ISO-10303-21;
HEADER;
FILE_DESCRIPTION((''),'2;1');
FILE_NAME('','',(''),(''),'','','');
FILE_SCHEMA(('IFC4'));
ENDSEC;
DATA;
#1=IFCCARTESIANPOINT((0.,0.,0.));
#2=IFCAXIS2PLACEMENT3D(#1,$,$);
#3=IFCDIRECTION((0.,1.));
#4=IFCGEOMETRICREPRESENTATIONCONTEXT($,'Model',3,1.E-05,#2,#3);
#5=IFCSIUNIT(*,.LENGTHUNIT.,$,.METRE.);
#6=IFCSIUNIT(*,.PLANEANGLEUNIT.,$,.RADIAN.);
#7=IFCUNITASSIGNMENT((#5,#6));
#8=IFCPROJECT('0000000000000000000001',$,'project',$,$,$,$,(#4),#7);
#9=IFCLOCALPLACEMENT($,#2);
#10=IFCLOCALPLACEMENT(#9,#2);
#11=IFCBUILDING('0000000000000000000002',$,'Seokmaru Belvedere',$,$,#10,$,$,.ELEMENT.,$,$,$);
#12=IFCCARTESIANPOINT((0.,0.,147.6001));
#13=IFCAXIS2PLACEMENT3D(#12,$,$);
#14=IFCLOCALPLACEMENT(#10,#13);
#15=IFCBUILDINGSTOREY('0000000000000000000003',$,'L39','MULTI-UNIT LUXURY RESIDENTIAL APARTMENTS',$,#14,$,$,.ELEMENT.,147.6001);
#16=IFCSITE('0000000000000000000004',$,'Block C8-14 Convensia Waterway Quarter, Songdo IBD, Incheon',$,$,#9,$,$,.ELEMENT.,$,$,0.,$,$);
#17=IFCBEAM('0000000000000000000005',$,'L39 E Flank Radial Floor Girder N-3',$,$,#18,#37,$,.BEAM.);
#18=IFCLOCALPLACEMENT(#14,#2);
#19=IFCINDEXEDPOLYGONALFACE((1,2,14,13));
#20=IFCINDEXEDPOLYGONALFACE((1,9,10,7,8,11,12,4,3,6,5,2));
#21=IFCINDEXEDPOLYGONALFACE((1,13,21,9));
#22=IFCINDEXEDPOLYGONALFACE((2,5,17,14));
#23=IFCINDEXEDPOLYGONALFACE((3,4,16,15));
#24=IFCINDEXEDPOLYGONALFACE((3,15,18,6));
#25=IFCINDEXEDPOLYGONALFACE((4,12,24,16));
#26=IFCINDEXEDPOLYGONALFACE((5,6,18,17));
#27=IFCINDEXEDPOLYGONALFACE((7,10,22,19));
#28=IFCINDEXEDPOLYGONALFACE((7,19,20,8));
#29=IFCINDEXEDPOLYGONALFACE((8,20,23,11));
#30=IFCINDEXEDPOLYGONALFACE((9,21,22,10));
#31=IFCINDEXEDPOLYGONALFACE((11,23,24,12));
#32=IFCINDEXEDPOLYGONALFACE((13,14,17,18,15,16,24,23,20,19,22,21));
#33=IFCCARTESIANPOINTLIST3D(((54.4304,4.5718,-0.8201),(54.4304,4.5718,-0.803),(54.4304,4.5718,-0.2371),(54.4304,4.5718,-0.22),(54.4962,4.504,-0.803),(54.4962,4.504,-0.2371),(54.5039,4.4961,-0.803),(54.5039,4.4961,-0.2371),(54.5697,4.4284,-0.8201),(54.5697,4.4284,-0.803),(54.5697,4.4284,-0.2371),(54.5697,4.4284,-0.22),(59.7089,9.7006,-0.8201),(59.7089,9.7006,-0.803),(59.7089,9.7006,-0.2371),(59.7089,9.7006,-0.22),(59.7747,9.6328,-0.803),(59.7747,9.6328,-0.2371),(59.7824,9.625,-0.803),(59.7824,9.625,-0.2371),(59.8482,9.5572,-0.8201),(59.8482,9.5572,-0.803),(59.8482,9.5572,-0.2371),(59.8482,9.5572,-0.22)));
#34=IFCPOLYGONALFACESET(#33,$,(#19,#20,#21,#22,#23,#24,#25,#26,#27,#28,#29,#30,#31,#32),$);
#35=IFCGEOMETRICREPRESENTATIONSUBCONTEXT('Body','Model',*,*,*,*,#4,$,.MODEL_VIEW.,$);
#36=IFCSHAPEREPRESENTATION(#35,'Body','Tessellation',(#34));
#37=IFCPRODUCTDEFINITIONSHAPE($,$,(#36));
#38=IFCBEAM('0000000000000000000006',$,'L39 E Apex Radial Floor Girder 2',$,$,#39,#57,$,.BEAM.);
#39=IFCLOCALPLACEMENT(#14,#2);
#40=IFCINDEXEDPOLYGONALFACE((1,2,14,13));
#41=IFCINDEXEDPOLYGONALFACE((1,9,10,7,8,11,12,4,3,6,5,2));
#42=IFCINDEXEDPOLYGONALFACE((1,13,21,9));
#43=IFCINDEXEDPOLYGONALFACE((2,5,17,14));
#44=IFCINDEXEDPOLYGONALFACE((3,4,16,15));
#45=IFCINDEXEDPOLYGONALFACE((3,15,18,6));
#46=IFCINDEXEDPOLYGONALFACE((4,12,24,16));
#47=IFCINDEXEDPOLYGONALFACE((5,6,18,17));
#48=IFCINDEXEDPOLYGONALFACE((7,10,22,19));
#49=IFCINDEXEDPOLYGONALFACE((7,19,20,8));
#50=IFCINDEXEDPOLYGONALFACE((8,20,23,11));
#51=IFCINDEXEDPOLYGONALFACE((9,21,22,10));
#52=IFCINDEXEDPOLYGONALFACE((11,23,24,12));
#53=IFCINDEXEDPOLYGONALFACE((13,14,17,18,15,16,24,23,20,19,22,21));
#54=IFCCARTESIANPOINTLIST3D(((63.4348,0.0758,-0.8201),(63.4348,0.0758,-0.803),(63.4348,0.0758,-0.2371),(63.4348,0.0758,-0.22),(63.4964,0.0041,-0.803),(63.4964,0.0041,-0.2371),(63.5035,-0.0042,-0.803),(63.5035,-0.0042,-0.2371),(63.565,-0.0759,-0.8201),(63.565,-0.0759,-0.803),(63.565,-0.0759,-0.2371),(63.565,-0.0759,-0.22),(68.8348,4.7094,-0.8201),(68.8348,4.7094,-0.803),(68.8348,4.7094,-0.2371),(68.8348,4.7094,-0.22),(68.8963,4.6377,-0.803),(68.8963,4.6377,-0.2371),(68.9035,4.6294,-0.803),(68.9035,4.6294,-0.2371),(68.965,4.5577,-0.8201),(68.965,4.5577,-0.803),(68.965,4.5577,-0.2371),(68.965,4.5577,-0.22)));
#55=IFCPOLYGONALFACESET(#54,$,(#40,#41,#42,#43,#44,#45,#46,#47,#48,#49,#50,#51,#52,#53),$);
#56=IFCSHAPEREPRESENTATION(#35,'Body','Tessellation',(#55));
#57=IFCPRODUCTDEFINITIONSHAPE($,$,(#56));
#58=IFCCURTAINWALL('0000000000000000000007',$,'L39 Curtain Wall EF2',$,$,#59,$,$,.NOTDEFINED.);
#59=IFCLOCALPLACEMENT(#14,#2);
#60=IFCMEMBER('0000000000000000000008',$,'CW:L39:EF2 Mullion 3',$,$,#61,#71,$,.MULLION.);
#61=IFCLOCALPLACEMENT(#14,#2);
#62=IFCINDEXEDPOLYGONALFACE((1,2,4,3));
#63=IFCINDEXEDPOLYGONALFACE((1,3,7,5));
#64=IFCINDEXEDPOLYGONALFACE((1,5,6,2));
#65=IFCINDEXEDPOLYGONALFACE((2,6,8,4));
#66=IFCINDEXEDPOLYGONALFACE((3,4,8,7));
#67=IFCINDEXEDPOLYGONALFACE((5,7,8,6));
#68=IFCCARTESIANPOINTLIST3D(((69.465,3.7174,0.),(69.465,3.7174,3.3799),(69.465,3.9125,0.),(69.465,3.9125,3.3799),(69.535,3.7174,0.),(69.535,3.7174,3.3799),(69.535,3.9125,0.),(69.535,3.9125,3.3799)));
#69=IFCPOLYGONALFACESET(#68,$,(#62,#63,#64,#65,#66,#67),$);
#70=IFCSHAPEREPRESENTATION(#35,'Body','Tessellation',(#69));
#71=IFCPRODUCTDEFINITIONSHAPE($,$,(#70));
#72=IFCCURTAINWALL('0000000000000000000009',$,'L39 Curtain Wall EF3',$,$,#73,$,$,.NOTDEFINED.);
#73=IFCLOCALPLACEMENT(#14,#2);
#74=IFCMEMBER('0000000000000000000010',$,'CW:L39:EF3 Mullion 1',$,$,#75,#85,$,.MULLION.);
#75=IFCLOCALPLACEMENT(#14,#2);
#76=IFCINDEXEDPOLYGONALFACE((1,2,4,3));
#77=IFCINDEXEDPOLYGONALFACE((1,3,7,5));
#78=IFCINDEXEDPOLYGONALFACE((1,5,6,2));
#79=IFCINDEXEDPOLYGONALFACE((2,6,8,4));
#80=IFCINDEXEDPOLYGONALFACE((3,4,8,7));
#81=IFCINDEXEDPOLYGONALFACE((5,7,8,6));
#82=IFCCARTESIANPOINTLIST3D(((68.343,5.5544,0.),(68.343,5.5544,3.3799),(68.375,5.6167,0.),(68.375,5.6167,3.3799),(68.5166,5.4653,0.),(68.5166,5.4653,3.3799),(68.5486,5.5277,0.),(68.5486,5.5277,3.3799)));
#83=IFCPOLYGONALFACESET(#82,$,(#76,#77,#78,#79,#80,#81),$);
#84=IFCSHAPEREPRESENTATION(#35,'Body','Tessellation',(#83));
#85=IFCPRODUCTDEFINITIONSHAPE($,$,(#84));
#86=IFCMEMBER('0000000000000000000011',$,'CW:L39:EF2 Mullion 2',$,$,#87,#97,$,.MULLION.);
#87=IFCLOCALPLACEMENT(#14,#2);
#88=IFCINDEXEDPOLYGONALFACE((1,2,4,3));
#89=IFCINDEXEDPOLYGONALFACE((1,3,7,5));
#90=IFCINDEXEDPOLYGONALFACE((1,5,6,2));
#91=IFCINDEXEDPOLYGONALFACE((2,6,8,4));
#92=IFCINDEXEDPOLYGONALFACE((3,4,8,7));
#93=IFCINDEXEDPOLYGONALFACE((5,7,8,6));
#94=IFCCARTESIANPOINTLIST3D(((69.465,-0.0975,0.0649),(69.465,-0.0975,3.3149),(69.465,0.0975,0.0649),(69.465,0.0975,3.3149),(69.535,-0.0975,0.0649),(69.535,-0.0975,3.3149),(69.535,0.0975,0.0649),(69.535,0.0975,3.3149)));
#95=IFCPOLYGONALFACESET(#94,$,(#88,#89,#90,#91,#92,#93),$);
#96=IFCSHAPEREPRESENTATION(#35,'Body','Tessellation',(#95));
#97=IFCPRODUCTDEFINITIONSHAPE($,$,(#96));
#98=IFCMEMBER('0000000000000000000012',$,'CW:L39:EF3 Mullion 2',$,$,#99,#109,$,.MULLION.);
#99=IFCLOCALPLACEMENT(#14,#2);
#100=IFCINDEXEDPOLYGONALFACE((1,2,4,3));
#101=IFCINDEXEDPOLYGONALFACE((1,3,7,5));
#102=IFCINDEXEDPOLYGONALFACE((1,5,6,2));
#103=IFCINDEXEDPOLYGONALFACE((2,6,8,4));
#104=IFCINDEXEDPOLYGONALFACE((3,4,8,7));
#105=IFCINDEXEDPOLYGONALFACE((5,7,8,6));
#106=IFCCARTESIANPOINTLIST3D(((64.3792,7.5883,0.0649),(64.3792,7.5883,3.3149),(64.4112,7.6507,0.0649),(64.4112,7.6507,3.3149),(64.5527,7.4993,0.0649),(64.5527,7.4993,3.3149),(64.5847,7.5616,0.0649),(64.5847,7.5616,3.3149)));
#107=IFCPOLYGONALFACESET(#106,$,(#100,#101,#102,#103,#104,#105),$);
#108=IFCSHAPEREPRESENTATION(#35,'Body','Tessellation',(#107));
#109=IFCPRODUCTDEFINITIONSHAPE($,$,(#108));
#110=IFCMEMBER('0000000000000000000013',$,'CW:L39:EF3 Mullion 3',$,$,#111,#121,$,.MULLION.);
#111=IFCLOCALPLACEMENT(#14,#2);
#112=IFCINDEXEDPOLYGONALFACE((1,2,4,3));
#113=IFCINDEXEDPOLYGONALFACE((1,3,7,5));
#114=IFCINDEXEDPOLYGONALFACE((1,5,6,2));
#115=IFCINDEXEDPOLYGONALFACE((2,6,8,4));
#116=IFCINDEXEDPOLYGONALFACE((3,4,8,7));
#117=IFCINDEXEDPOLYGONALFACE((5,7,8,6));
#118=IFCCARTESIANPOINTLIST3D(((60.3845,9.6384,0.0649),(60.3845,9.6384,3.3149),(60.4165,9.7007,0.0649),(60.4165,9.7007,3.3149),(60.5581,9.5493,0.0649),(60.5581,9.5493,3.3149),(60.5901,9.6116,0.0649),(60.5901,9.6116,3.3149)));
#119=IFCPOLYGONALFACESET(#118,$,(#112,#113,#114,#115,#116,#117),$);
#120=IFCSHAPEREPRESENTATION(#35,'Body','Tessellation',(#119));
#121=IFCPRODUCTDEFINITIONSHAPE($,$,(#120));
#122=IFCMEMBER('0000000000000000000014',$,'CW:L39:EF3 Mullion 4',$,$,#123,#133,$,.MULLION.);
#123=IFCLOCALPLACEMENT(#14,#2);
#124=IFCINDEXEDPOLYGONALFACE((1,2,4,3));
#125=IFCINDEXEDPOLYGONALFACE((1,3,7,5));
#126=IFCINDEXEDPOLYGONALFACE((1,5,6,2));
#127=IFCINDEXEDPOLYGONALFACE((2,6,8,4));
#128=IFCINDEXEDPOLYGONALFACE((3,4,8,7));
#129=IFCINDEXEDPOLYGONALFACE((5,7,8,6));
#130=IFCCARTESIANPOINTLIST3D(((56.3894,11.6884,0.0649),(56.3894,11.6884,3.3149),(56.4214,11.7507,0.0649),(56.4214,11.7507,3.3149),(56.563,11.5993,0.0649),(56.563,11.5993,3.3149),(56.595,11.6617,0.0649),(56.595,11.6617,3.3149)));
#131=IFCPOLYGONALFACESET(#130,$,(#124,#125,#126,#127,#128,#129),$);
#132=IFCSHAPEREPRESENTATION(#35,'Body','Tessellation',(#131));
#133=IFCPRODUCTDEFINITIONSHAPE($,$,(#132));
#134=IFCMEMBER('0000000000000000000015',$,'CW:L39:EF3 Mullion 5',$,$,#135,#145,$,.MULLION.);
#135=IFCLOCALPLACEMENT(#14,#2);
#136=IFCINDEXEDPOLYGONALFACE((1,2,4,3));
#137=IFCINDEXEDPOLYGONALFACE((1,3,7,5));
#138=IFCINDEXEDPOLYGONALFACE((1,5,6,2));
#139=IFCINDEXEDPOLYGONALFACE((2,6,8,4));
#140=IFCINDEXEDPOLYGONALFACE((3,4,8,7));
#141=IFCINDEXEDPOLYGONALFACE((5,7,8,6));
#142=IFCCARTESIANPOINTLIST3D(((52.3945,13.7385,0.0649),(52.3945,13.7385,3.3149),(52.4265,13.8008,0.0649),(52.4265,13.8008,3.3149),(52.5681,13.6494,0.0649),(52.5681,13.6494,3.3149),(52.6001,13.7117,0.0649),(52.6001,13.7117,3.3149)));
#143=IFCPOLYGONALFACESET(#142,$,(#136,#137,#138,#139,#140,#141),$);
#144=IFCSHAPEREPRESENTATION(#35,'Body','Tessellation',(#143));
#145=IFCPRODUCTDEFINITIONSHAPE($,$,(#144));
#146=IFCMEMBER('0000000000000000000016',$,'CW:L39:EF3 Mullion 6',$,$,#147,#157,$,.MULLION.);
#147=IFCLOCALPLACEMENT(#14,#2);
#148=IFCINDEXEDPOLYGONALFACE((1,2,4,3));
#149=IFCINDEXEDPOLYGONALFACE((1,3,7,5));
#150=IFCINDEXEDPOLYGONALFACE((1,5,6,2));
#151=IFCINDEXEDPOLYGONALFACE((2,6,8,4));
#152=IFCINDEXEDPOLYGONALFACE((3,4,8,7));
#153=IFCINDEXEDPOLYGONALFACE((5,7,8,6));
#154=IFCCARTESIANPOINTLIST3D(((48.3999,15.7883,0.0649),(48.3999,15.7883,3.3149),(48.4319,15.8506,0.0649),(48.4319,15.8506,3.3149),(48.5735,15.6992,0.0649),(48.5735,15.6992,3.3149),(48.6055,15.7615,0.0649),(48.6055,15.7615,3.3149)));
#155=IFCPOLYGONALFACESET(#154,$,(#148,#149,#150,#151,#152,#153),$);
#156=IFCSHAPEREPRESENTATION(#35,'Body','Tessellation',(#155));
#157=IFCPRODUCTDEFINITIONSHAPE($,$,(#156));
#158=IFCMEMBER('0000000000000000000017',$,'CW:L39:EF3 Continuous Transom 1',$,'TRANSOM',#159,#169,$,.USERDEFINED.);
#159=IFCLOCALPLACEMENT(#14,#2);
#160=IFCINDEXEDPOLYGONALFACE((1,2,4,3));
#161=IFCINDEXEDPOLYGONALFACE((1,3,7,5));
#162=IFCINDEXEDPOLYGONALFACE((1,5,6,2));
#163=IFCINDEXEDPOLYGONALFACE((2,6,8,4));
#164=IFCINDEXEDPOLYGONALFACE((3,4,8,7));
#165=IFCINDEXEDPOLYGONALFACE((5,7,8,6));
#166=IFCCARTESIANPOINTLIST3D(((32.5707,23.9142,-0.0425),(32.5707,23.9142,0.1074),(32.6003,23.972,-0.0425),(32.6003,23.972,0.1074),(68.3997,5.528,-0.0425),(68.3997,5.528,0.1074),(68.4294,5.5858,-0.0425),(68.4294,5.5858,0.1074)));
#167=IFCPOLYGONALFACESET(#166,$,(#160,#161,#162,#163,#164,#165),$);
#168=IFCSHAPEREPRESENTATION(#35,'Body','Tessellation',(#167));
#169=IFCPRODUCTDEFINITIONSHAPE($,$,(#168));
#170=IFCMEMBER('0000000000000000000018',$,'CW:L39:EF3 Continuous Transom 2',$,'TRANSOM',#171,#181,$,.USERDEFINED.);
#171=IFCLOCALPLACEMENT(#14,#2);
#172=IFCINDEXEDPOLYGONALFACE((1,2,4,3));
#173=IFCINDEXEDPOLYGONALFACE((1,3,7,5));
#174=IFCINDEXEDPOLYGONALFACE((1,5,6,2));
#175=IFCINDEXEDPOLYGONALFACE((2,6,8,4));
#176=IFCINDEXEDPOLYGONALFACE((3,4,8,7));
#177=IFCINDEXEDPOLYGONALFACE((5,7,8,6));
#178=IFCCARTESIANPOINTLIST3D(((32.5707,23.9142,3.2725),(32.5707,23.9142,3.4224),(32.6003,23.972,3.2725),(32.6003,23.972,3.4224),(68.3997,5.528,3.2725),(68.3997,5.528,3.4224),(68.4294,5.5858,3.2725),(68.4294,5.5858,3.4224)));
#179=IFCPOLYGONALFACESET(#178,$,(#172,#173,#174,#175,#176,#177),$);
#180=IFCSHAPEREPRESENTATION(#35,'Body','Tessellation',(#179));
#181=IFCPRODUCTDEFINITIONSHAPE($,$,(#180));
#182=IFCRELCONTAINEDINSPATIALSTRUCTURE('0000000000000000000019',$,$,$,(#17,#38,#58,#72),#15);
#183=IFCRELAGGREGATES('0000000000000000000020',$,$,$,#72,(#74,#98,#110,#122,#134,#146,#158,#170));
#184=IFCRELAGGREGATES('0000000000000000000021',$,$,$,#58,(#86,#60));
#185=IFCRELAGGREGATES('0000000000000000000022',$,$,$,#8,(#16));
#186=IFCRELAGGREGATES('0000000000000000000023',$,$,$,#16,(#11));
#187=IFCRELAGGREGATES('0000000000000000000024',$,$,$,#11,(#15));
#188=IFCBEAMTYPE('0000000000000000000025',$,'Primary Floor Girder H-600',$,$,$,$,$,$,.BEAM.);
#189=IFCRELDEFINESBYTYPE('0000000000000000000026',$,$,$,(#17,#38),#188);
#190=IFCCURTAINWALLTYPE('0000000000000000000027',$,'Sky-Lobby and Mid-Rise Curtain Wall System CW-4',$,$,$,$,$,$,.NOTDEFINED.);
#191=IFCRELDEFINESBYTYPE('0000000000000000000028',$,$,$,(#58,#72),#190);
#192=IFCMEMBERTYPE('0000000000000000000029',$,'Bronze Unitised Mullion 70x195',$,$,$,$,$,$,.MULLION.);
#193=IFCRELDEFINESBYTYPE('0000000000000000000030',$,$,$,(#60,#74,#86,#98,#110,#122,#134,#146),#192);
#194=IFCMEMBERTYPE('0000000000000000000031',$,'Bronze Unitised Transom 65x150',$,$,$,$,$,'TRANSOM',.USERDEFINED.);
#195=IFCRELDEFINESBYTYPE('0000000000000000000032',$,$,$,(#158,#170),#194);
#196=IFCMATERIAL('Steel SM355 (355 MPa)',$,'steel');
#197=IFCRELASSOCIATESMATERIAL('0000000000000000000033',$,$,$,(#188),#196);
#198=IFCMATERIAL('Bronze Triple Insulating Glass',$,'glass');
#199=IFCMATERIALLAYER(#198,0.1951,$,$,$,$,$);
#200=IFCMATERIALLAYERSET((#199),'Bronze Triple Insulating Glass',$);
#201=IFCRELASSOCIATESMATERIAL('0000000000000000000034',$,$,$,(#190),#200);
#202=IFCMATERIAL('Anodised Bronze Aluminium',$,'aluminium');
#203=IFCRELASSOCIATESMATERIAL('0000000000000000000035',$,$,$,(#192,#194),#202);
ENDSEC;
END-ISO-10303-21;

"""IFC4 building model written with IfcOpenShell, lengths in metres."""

from ifc_helpers import new_model, si_unit, direction, frame, origin, origin_2d, place, context, subcontext, project, spatial, rectangle, i_section, extrude, source, transform, mapped, material, layer, layer_set, material_profile, profile_set, type_object, type_shapes, element, aggregate, save


model = new_model("IFC4")

# Units and contexts
model_context = context("Model", 3, precision=1e-05, world=origin(), true_north=direction((0.0, 1.0)))
body_context = subcontext(model_context, "Body", "Model", "MODEL_VIEW")
ifc_project = project(units=[si_unit("LENGTHUNIT", "METRE"), si_unit("PLANEANGLEUNIT", "RADIAN")], contexts=[model_context])

# Site, building, storey
site_placement = place(None, origin())
site = spatial("IfcSite", under=ifc_project, at=site_placement, Name="Block C8-14 Convensia Waterway Quarter, Songdo IBD, Incheon", CompositionType="ELEMENT", RefElevation=0.0)
building_placement = place(site_placement, origin())
building = spatial("IfcBuilding", under=site, at=building_placement, Name="Seokmaru Belvedere", CompositionType="ELEMENT")
storey_placement = place(building_placement, frame((0.0, 0.0, 147.6001)))
storey = spatial("IfcBuildingStorey", under=building, at=storey_placement, Name="L39", Description="MULTI-UNIT LUXURY RESIDENTIAL APARTMENTS", CompositionType="ELEMENT", Elevation=147.6001)

# Shared definitions
ifc_material_1 = material(Name="Steel SM355 (355 MPa)", Category="steel")

# Beams
ifc_material_profile_1 = material_profile(ifc_material_1, i_section(OverallWidth=0.2, OverallDepth=0.6001, WebThickness=0.011, FlangeThickness=0.0171, at=origin_2d()), Name="H-600x200x11x17")
ifc_profile_set_1 = profile_set([ifc_material_profile_1], Name="Steel SM355 (355 MPa)")
beam_type_1 = type_object("IfcBeamType", Name="Primary Floor Girder H-600", PredefinedType="BEAM", material=ifc_profile_set_1)
shared_shape_1 = source(origin(), body_context, "Body", "SweptSolid", [
    extrude(i_section(OverallWidth=0.2, OverallDepth=0.6001, WebThickness=0.011, FlangeThickness=0.0171, at=origin_2d()), origin(), (0.0, 0.0, 1.0), 7.3599),
])
beam_1_placement = place(storey_placement, frame((59.7786, 9.6289, -0.52), z_axis=(-0.717201, -0.696867, 0.0), x_axis=(0.696867, -0.717201, 0.0)))
element("IfcBeam", 1, at=beam_1_placement, inside=storey, type_object=beam_type_1, Name="L39 E Flank Radial Floor Girder N-3", PredefinedType="BEAM", context=body_context, shape_type="MappedRepresentation", body=[
    mapped(shared_shape_1, transform((0.0, 0.0, 0.0), scale=1.0)),
])
shared_shape_2 = source(origin(), body_context, "Body", "SweptSolid", [
    extrude(i_section(OverallWidth=0.2, OverallDepth=0.6001, WebThickness=0.011, FlangeThickness=0.0171, at=origin_2d()), origin(), (0.0, 0.0, 1.0), 7.1155),
])
beam_2_placement = place(storey_placement, frame((68.8999, 4.6335, -0.52), z_axis=(-0.758905, -0.651201, 0.0), x_axis=(0.651201, -0.758905, 0.0)))
element("IfcBeam", 2, at=beam_2_placement, inside=storey, type_object=beam_type_1, Name="L39 E Apex Radial Floor Girder 2", PredefinedType="BEAM", context=body_context, shape_type="MappedRepresentation", body=[
    mapped(shared_shape_2, transform((0.0, 0.0, 0.0), scale=1.0)),
])

# Curtain walls, members
ifc_material_2 = material(Name="Bronze Triple Insulating Glass", Category="glass")
ifc_layer_1 = layer(ifc_material_2, 0.1951)
ifc_layer_set_1 = layer_set([ifc_layer_1], Name="Bronze Triple Insulating Glass")
curtain_wall_type = type_object("IfcCurtainWallType", Name="Sky-Lobby and Mid-Rise Curtain Wall System CW-4", PredefinedType="NOTDEFINED", material=ifc_layer_set_1)
curtain_wall_1_placement = place(storey_placement, origin())
curtain_wall_1 = element("IfcCurtainWall", 3, at=curtain_wall_1_placement, inside=storey, type_object=curtain_wall_type, Name="L39 Curtain Wall EF2", PredefinedType="NOTDEFINED")
ifc_material_3 = material(Name="Anodised Bronze Aluminium", Category="aluminium")
ifc_material_profile_2 = material_profile(ifc_material_3, rectangle(XDim=0.0701, YDim=0.1951, at=origin_2d()), Name="CW-M-70x195")
ifc_profile_set_2 = profile_set([ifc_material_profile_2], Name="Anodised Bronze Aluminium")
member_type_1 = type_object("IfcMemberType", Name="Bronze Unitised Mullion 70x195", PredefinedType="MULLION", material=ifc_profile_set_2)
shared_shape_3 = source(origin(), body_context, "Body", "SweptSolid", [
    extrude(rectangle(XDim=0.0701, YDim=0.1951, at=origin_2d()), origin(), (0.0, 0.0, 1.0), 3.3799),
])
member_1_placement = place(storey_placement, frame((69.5, 3.8149, 0.0), z_axis=(0.0, 0.0, 1.0), x_axis=(-1.0, 0.0, 0.0)))
member_1 = element("IfcMember", 4, at=member_1_placement, type_object=member_type_1, Name="CW:L39:EF2 Mullion 3", PredefinedType="MULLION", context=body_context, shape_type="MappedRepresentation", body=[
    mapped(shared_shape_3, transform((0.0, 0.0, 0.0), scale=1.0)),
])
curtain_wall_2_placement = place(storey_placement, origin())
curtain_wall_2 = element("IfcCurtainWall", 5, at=curtain_wall_2_placement, inside=storey, type_object=curtain_wall_type, Name="L39 Curtain Wall EF3", PredefinedType="NOTDEFINED")
member_2_placement = place(storey_placement, frame((68.4458, 5.541, 0.0), z_axis=(0.0, 0.0, 1.0), x_axis=(-0.456555, -0.889695, 0.0)))
member_2 = element("IfcMember", 6, at=member_2_placement, type_object=member_type_1, Name="CW:L39:EF3 Mullion 1", PredefinedType="MULLION", context=body_context, shape_type="MappedRepresentation", body=[
    mapped(shared_shape_3, transform((0.0, 0.0, 0.0), scale=1.0)),
])

# Members
shared_shape_4 = source(origin(), body_context, "Body", "SweptSolid", [
    extrude(rectangle(XDim=0.0701, YDim=0.1951, at=origin_2d()), origin(), (0.0, 0.0, 1.0), 3.25),
])
type_shapes(member_type_1, [shared_shape_3, shared_shape_4])
member_3_placement = place(storey_placement, frame((69.5, 0.0, 0.0649), z_axis=(0.0, 0.0, 1.0), x_axis=(-1.0, 0.0, 0.0)))
member_3 = element("IfcMember", 7, at=member_3_placement, type_object=member_type_1, Name="CW:L39:EF2 Mullion 2", PredefinedType="MULLION", context=body_context, shape_type="MappedRepresentation", body=[
    mapped(shared_shape_4, transform((0.0, 0.0, 0.0), scale=1.0)),
])
member_4_placement = place(storey_placement, frame((64.4819, 7.575, 0.0649), z_axis=(0.0, 0.0, 1.0), x_axis=(-0.456555, -0.889695, 0.0)))
member_4 = element("IfcMember", 8, at=member_4_placement, type_object=member_type_1, Name="CW:L39:EF3 Mullion 2", PredefinedType="MULLION", context=body_context, shape_type="MappedRepresentation", body=[
    mapped(shared_shape_4, transform((0.0, 0.0, 0.0), scale=1.0)),
])
member_5_placement = place(storey_placement, frame((60.4873, 9.625, 0.0649), z_axis=(0.0, 0.0, 1.0), x_axis=(-0.456555, -0.889695, 0.0)))
member_5 = element("IfcMember", 9, at=member_5_placement, type_object=member_type_1, Name="CW:L39:EF3 Mullion 3", PredefinedType="MULLION", context=body_context, shape_type="MappedRepresentation", body=[
    mapped(shared_shape_4, transform((0.0, 0.0, 0.0), scale=1.0)),
])
member_6_placement = place(storey_placement, frame((56.4922, 11.675, 0.0649), z_axis=(0.0, 0.0, 1.0), x_axis=(-0.456555, -0.889695, 0.0)))
member_6 = element("IfcMember", 10, at=member_6_placement, type_object=member_type_1, Name="CW:L39:EF3 Mullion 4", PredefinedType="MULLION", context=body_context, shape_type="MappedRepresentation", body=[
    mapped(shared_shape_4, transform((0.0, 0.0, 0.0), scale=1.0)),
])
member_7_placement = place(storey_placement, frame((52.4973, 13.7251, 0.0649), z_axis=(0.0, 0.0, 1.0), x_axis=(-0.456555, -0.889695, 0.0)))
member_7 = element("IfcMember", 11, at=member_7_placement, type_object=member_type_1, Name="CW:L39:EF3 Mullion 5", PredefinedType="MULLION", context=body_context, shape_type="MappedRepresentation", body=[
    mapped(shared_shape_4, transform((0.0, 0.0, 0.0), scale=1.0)),
])
member_8_placement = place(storey_placement, frame((48.5027, 15.7749, 0.0649), z_axis=(0.0, 0.0, 1.0), x_axis=(-0.456555, -0.889695, 0.0)))
member_8 = element("IfcMember", 12, at=member_8_placement, type_object=member_type_1, Name="CW:L39:EF3 Mullion 6", PredefinedType="MULLION", context=body_context, shape_type="MappedRepresentation", body=[
    mapped(shared_shape_4, transform((0.0, 0.0, 0.0), scale=1.0)),
])
ifc_material_profile_3 = material_profile(ifc_material_3, rectangle(XDim=0.0649, YDim=0.1499, at=origin_2d()), Name="CW-T-65x150")
ifc_profile_set_3 = profile_set([ifc_material_profile_3], Name="Anodised Bronze Aluminium")
member_type_2 = type_object("IfcMemberType", Name="Bronze Unitised Transom 65x150", ElementType="TRANSOM", PredefinedType="USERDEFINED", material=ifc_profile_set_3)
shared_shape_5 = source(origin(), body_context, "Body", "SweptSolid", [
    extrude(rectangle(XDim=0.0649, YDim=0.1499, at=origin_2d()), origin(), (0.0, 0.0, 1.0), 40.2712),
])
type_shapes(member_type_2, [shared_shape_5])
member_9_placement = place(storey_placement, frame((68.4146, 5.5569, 0.0325), z_axis=(-0.889693, 0.456559, 0.0), x_axis=(-0.456559, -0.889693, 0.0)))
member_9 = element("IfcMember", 13, at=member_9_placement, type_object=member_type_2, Name="CW:L39:EF3 Continuous Transom 1", ObjectType="TRANSOM", PredefinedType="USERDEFINED", context=body_context, shape_type="MappedRepresentation", body=[
    mapped(shared_shape_5, transform((0.0, 0.0, 0.0), scale=1.0)),
])
member_10_placement = place(storey_placement, frame((68.4146, 5.5569, 3.3474), z_axis=(-0.889693, 0.456559, 0.0), x_axis=(-0.456559, -0.889693, 0.0)))
member_10 = element("IfcMember", 14, at=member_10_placement, type_object=member_type_2, Name="CW:L39:EF3 Continuous Transom 2", ObjectType="TRANSOM", PredefinedType="USERDEFINED", context=body_context, shape_type="MappedRepresentation", body=[
    mapped(shared_shape_5, transform((0.0, 0.0, 0.0), scale=1.0)),
])

aggregate(curtain_wall_2, [member_2, member_4, member_5, member_6, member_7, member_8, member_9, member_10])
aggregate(curtain_wall_1, [member_3, member_1])

save(model, "model.ifc")
